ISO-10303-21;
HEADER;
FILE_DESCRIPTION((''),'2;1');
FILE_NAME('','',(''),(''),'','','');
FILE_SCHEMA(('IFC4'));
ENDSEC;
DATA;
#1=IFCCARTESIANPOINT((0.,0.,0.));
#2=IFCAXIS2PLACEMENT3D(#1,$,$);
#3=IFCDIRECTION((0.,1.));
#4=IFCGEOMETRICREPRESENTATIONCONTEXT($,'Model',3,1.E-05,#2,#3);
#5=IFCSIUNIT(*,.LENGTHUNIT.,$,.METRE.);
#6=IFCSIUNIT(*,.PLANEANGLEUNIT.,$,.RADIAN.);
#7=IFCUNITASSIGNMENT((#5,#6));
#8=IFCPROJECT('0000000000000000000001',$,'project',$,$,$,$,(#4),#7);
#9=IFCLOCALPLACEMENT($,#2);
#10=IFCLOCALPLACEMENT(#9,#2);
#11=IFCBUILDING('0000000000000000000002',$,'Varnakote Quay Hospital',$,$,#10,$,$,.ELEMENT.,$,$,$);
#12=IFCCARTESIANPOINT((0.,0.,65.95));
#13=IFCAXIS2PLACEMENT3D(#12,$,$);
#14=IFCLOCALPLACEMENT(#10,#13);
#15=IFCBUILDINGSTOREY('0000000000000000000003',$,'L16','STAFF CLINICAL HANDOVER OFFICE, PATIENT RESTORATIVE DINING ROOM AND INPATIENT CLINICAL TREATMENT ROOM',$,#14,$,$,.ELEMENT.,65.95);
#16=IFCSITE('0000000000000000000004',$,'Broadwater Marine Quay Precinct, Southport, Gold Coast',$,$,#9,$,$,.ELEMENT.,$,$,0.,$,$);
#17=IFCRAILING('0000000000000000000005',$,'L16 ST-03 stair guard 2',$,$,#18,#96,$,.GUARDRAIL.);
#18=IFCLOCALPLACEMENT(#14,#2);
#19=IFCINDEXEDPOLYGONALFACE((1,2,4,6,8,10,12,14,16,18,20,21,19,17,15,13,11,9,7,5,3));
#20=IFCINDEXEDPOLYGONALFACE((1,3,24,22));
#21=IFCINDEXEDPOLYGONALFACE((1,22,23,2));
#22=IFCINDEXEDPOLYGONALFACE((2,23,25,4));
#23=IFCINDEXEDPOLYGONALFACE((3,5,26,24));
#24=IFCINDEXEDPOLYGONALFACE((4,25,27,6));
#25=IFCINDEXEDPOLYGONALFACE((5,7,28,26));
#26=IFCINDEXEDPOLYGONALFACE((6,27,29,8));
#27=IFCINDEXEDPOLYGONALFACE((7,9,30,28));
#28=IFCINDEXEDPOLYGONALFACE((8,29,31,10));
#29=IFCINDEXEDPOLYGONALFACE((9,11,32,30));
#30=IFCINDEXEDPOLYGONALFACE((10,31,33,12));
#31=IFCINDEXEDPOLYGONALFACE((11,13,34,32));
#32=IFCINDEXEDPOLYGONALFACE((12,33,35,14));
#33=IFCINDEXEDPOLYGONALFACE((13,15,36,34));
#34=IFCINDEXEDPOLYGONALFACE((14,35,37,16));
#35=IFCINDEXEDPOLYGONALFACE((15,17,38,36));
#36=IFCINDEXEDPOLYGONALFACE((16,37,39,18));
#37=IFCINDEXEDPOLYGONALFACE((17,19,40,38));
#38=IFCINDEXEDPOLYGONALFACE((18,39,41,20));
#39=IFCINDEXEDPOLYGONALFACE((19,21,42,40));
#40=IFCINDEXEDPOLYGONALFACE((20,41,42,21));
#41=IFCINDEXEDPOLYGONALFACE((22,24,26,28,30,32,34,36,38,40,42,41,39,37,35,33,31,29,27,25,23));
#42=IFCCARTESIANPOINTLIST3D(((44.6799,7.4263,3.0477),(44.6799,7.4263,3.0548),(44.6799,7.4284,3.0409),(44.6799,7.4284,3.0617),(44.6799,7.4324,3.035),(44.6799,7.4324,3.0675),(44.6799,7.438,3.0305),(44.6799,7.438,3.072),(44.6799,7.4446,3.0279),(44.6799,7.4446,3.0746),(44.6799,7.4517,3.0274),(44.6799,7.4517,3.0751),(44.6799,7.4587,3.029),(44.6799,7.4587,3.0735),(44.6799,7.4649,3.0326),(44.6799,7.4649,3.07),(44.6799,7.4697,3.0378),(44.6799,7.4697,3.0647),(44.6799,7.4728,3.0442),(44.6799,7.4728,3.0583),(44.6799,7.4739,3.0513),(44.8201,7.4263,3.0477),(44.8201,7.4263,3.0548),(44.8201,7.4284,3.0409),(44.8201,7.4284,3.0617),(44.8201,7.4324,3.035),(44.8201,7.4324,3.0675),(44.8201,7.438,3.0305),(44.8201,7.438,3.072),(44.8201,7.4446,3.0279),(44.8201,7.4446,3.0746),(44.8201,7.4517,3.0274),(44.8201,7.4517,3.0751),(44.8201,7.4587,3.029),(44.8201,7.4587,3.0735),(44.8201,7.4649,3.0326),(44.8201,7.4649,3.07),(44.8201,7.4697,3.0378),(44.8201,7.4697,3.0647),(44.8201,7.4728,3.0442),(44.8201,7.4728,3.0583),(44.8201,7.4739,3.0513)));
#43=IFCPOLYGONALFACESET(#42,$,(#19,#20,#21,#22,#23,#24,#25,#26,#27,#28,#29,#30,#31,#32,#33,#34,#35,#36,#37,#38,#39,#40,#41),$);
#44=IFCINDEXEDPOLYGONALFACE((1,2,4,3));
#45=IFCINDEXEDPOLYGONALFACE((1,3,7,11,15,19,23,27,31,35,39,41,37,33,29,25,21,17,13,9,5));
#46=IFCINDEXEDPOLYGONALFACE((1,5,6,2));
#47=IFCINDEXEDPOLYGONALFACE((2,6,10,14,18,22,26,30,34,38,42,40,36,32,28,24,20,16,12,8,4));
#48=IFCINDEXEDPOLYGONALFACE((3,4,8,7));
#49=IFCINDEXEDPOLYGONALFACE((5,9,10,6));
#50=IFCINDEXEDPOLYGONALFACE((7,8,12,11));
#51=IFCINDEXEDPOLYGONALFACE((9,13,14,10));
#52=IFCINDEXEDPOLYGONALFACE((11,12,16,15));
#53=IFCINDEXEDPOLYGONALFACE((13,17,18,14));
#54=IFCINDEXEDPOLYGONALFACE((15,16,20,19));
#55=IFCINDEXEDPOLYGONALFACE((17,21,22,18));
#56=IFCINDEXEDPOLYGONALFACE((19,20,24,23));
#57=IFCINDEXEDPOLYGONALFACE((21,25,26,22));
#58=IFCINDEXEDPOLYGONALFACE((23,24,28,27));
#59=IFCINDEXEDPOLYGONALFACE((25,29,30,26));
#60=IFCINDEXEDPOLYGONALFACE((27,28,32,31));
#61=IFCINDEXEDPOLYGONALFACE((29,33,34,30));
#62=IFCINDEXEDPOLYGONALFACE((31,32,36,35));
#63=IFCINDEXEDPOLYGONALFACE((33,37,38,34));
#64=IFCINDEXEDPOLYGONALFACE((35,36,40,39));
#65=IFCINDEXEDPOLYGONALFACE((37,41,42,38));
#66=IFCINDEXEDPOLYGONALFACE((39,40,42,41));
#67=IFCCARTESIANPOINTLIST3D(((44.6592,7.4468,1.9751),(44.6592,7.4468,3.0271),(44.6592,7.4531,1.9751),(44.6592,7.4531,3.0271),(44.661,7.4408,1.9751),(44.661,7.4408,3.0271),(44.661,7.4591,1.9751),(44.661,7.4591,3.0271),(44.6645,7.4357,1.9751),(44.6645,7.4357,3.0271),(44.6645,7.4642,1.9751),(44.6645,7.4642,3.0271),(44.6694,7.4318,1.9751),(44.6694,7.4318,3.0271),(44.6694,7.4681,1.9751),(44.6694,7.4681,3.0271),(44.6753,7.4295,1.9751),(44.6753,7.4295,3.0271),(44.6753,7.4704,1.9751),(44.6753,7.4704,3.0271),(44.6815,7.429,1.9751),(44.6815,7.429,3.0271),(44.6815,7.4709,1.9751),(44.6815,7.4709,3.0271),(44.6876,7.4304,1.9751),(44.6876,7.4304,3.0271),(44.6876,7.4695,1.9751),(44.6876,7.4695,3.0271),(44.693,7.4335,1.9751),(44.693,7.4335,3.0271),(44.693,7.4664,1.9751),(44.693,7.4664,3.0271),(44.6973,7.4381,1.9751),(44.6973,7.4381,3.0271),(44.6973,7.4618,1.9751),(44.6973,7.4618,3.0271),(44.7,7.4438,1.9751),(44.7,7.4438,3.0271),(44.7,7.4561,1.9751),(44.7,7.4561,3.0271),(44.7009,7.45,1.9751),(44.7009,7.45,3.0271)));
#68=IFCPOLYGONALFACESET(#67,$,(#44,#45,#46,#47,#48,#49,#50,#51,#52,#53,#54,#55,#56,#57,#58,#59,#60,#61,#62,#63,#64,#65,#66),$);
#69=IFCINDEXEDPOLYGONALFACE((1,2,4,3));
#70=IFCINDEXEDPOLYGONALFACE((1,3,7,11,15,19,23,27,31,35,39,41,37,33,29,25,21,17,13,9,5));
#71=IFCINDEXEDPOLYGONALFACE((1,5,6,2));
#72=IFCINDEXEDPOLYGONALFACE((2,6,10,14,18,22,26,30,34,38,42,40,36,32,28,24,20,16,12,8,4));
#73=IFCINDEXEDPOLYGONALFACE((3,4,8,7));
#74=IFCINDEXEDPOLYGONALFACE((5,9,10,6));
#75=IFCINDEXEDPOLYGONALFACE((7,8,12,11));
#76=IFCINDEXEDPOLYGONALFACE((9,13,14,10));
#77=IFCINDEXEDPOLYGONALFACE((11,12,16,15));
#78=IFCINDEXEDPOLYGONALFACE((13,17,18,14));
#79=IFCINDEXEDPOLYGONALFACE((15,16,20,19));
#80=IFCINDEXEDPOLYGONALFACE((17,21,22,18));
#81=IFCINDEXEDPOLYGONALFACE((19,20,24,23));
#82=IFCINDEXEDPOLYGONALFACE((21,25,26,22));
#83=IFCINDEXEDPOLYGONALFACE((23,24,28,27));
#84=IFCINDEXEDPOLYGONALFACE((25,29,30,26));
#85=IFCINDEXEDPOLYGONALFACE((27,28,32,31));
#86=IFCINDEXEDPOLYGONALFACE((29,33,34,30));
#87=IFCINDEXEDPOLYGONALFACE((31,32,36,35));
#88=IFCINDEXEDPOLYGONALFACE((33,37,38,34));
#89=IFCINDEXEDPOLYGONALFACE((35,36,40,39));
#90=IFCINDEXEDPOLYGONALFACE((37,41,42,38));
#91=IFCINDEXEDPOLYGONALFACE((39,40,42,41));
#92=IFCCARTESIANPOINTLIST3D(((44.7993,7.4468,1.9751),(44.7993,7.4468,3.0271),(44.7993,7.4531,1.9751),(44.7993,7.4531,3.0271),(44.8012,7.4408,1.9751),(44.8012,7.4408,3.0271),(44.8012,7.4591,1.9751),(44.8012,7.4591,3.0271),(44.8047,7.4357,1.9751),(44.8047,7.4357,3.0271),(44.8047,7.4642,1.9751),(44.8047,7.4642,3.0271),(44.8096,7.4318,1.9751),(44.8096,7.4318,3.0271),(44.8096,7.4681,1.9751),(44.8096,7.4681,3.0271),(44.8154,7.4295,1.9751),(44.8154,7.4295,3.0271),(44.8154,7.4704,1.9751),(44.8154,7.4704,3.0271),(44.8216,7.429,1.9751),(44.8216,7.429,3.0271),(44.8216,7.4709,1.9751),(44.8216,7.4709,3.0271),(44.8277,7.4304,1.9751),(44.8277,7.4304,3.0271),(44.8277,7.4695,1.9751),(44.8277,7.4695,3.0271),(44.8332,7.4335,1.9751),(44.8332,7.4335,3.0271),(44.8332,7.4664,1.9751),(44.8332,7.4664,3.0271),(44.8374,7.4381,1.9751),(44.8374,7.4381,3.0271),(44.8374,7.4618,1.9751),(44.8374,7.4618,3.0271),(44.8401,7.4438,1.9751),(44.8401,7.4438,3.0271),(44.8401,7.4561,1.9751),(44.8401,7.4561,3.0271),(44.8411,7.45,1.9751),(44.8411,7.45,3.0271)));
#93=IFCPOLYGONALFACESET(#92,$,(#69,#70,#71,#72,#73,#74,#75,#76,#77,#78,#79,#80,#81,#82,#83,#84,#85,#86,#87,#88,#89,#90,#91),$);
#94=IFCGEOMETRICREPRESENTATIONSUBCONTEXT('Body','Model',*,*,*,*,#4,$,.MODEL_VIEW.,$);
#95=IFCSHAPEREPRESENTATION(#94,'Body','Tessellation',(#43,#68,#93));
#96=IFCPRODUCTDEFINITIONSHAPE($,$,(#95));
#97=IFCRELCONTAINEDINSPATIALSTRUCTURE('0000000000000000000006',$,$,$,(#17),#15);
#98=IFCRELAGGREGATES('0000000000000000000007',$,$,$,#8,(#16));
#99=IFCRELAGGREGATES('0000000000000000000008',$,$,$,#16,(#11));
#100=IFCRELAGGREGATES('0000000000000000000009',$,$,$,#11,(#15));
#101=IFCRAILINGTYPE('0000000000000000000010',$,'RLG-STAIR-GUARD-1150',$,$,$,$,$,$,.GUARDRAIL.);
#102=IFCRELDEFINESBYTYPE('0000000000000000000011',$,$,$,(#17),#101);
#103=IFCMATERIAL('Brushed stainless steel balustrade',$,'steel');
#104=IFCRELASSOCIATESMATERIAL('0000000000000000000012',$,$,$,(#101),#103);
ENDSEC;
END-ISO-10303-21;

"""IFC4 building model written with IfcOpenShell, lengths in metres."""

from ifc_helpers import new_model, si_unit, direction, frame, origin, origin_2d, place, context, subcontext, project, spatial, circle, extrude, material, type_object, element, save


model = new_model("IFC4")

# Units and contexts
model_context = context("Model", 3, precision=1e-05, world=origin(), true_north=direction((0.0, 1.0)))
body_context = subcontext(model_context, "Body", "Model", "MODEL_VIEW")
ifc_project = project(units=[si_unit("LENGTHUNIT", "METRE"), si_unit("PLANEANGLEUNIT", "RADIAN")], contexts=[model_context])

# Site, building, storey
site_placement = place(None, origin())
site = spatial("IfcSite", under=ifc_project, at=site_placement, Name="Broadwater Marine Quay Precinct, Southport, Gold Coast", CompositionType="ELEMENT", RefElevation=0.0)
building_placement = place(site_placement, origin())
building = spatial("IfcBuilding", under=site, at=building_placement, Name="Varnakote Quay Hospital", CompositionType="ELEMENT")
storey_placement = place(building_placement, frame((0.0, 0.0, 65.95)))
storey = spatial("IfcBuildingStorey", under=building, at=storey_placement, Name="L16", Description="STAFF CLINICAL HANDOVER OFFICE, PATIENT RESTORATIVE DINING ROOM AND INPATIENT CLINICAL TREATMENT ROOM", CompositionType="ELEMENT", Elevation=65.95)

# Railing
ifc_material_1 = material(Name="Brushed stainless steel balustrade", Category="steel")
railing_type_1 = type_object("IfcRailingType", Name="RLG-STAIR-GUARD-1150", PredefinedType="GUARDRAIL", material=ifc_material_1)
railing_1_placement = place(storey_placement, frame((44.6799, 7.45, 1.9751)))
element("IfcRailing", 1, at=railing_1_placement, inside=storey, type_object=railing_type_1, Name="L16 ST-03 stair guard 2", PredefinedType="GUARDRAIL", context=body_context, shape_type="SweptSolid", body=[
    extrude(circle(Radius=0.0239, at=origin_2d()), frame((0.0, 0.0, 1.0762), z_axis=(1.0, 0.0, 0.0), x_axis=(0.0, 1.0, 0.0)), (0.0, 0.0, 1.0), 0.1401),
    extrude(circle(Radius=0.021, at=origin_2d()), origin(), (0.0, 0.0, 1.0), 1.052),
    extrude(circle(Radius=0.021, at=origin_2d()), frame((0.1401, 0.0, 0.0)), (0.0, 0.0, 1.0), 1.052),
])

save(model, "model.ifc")
